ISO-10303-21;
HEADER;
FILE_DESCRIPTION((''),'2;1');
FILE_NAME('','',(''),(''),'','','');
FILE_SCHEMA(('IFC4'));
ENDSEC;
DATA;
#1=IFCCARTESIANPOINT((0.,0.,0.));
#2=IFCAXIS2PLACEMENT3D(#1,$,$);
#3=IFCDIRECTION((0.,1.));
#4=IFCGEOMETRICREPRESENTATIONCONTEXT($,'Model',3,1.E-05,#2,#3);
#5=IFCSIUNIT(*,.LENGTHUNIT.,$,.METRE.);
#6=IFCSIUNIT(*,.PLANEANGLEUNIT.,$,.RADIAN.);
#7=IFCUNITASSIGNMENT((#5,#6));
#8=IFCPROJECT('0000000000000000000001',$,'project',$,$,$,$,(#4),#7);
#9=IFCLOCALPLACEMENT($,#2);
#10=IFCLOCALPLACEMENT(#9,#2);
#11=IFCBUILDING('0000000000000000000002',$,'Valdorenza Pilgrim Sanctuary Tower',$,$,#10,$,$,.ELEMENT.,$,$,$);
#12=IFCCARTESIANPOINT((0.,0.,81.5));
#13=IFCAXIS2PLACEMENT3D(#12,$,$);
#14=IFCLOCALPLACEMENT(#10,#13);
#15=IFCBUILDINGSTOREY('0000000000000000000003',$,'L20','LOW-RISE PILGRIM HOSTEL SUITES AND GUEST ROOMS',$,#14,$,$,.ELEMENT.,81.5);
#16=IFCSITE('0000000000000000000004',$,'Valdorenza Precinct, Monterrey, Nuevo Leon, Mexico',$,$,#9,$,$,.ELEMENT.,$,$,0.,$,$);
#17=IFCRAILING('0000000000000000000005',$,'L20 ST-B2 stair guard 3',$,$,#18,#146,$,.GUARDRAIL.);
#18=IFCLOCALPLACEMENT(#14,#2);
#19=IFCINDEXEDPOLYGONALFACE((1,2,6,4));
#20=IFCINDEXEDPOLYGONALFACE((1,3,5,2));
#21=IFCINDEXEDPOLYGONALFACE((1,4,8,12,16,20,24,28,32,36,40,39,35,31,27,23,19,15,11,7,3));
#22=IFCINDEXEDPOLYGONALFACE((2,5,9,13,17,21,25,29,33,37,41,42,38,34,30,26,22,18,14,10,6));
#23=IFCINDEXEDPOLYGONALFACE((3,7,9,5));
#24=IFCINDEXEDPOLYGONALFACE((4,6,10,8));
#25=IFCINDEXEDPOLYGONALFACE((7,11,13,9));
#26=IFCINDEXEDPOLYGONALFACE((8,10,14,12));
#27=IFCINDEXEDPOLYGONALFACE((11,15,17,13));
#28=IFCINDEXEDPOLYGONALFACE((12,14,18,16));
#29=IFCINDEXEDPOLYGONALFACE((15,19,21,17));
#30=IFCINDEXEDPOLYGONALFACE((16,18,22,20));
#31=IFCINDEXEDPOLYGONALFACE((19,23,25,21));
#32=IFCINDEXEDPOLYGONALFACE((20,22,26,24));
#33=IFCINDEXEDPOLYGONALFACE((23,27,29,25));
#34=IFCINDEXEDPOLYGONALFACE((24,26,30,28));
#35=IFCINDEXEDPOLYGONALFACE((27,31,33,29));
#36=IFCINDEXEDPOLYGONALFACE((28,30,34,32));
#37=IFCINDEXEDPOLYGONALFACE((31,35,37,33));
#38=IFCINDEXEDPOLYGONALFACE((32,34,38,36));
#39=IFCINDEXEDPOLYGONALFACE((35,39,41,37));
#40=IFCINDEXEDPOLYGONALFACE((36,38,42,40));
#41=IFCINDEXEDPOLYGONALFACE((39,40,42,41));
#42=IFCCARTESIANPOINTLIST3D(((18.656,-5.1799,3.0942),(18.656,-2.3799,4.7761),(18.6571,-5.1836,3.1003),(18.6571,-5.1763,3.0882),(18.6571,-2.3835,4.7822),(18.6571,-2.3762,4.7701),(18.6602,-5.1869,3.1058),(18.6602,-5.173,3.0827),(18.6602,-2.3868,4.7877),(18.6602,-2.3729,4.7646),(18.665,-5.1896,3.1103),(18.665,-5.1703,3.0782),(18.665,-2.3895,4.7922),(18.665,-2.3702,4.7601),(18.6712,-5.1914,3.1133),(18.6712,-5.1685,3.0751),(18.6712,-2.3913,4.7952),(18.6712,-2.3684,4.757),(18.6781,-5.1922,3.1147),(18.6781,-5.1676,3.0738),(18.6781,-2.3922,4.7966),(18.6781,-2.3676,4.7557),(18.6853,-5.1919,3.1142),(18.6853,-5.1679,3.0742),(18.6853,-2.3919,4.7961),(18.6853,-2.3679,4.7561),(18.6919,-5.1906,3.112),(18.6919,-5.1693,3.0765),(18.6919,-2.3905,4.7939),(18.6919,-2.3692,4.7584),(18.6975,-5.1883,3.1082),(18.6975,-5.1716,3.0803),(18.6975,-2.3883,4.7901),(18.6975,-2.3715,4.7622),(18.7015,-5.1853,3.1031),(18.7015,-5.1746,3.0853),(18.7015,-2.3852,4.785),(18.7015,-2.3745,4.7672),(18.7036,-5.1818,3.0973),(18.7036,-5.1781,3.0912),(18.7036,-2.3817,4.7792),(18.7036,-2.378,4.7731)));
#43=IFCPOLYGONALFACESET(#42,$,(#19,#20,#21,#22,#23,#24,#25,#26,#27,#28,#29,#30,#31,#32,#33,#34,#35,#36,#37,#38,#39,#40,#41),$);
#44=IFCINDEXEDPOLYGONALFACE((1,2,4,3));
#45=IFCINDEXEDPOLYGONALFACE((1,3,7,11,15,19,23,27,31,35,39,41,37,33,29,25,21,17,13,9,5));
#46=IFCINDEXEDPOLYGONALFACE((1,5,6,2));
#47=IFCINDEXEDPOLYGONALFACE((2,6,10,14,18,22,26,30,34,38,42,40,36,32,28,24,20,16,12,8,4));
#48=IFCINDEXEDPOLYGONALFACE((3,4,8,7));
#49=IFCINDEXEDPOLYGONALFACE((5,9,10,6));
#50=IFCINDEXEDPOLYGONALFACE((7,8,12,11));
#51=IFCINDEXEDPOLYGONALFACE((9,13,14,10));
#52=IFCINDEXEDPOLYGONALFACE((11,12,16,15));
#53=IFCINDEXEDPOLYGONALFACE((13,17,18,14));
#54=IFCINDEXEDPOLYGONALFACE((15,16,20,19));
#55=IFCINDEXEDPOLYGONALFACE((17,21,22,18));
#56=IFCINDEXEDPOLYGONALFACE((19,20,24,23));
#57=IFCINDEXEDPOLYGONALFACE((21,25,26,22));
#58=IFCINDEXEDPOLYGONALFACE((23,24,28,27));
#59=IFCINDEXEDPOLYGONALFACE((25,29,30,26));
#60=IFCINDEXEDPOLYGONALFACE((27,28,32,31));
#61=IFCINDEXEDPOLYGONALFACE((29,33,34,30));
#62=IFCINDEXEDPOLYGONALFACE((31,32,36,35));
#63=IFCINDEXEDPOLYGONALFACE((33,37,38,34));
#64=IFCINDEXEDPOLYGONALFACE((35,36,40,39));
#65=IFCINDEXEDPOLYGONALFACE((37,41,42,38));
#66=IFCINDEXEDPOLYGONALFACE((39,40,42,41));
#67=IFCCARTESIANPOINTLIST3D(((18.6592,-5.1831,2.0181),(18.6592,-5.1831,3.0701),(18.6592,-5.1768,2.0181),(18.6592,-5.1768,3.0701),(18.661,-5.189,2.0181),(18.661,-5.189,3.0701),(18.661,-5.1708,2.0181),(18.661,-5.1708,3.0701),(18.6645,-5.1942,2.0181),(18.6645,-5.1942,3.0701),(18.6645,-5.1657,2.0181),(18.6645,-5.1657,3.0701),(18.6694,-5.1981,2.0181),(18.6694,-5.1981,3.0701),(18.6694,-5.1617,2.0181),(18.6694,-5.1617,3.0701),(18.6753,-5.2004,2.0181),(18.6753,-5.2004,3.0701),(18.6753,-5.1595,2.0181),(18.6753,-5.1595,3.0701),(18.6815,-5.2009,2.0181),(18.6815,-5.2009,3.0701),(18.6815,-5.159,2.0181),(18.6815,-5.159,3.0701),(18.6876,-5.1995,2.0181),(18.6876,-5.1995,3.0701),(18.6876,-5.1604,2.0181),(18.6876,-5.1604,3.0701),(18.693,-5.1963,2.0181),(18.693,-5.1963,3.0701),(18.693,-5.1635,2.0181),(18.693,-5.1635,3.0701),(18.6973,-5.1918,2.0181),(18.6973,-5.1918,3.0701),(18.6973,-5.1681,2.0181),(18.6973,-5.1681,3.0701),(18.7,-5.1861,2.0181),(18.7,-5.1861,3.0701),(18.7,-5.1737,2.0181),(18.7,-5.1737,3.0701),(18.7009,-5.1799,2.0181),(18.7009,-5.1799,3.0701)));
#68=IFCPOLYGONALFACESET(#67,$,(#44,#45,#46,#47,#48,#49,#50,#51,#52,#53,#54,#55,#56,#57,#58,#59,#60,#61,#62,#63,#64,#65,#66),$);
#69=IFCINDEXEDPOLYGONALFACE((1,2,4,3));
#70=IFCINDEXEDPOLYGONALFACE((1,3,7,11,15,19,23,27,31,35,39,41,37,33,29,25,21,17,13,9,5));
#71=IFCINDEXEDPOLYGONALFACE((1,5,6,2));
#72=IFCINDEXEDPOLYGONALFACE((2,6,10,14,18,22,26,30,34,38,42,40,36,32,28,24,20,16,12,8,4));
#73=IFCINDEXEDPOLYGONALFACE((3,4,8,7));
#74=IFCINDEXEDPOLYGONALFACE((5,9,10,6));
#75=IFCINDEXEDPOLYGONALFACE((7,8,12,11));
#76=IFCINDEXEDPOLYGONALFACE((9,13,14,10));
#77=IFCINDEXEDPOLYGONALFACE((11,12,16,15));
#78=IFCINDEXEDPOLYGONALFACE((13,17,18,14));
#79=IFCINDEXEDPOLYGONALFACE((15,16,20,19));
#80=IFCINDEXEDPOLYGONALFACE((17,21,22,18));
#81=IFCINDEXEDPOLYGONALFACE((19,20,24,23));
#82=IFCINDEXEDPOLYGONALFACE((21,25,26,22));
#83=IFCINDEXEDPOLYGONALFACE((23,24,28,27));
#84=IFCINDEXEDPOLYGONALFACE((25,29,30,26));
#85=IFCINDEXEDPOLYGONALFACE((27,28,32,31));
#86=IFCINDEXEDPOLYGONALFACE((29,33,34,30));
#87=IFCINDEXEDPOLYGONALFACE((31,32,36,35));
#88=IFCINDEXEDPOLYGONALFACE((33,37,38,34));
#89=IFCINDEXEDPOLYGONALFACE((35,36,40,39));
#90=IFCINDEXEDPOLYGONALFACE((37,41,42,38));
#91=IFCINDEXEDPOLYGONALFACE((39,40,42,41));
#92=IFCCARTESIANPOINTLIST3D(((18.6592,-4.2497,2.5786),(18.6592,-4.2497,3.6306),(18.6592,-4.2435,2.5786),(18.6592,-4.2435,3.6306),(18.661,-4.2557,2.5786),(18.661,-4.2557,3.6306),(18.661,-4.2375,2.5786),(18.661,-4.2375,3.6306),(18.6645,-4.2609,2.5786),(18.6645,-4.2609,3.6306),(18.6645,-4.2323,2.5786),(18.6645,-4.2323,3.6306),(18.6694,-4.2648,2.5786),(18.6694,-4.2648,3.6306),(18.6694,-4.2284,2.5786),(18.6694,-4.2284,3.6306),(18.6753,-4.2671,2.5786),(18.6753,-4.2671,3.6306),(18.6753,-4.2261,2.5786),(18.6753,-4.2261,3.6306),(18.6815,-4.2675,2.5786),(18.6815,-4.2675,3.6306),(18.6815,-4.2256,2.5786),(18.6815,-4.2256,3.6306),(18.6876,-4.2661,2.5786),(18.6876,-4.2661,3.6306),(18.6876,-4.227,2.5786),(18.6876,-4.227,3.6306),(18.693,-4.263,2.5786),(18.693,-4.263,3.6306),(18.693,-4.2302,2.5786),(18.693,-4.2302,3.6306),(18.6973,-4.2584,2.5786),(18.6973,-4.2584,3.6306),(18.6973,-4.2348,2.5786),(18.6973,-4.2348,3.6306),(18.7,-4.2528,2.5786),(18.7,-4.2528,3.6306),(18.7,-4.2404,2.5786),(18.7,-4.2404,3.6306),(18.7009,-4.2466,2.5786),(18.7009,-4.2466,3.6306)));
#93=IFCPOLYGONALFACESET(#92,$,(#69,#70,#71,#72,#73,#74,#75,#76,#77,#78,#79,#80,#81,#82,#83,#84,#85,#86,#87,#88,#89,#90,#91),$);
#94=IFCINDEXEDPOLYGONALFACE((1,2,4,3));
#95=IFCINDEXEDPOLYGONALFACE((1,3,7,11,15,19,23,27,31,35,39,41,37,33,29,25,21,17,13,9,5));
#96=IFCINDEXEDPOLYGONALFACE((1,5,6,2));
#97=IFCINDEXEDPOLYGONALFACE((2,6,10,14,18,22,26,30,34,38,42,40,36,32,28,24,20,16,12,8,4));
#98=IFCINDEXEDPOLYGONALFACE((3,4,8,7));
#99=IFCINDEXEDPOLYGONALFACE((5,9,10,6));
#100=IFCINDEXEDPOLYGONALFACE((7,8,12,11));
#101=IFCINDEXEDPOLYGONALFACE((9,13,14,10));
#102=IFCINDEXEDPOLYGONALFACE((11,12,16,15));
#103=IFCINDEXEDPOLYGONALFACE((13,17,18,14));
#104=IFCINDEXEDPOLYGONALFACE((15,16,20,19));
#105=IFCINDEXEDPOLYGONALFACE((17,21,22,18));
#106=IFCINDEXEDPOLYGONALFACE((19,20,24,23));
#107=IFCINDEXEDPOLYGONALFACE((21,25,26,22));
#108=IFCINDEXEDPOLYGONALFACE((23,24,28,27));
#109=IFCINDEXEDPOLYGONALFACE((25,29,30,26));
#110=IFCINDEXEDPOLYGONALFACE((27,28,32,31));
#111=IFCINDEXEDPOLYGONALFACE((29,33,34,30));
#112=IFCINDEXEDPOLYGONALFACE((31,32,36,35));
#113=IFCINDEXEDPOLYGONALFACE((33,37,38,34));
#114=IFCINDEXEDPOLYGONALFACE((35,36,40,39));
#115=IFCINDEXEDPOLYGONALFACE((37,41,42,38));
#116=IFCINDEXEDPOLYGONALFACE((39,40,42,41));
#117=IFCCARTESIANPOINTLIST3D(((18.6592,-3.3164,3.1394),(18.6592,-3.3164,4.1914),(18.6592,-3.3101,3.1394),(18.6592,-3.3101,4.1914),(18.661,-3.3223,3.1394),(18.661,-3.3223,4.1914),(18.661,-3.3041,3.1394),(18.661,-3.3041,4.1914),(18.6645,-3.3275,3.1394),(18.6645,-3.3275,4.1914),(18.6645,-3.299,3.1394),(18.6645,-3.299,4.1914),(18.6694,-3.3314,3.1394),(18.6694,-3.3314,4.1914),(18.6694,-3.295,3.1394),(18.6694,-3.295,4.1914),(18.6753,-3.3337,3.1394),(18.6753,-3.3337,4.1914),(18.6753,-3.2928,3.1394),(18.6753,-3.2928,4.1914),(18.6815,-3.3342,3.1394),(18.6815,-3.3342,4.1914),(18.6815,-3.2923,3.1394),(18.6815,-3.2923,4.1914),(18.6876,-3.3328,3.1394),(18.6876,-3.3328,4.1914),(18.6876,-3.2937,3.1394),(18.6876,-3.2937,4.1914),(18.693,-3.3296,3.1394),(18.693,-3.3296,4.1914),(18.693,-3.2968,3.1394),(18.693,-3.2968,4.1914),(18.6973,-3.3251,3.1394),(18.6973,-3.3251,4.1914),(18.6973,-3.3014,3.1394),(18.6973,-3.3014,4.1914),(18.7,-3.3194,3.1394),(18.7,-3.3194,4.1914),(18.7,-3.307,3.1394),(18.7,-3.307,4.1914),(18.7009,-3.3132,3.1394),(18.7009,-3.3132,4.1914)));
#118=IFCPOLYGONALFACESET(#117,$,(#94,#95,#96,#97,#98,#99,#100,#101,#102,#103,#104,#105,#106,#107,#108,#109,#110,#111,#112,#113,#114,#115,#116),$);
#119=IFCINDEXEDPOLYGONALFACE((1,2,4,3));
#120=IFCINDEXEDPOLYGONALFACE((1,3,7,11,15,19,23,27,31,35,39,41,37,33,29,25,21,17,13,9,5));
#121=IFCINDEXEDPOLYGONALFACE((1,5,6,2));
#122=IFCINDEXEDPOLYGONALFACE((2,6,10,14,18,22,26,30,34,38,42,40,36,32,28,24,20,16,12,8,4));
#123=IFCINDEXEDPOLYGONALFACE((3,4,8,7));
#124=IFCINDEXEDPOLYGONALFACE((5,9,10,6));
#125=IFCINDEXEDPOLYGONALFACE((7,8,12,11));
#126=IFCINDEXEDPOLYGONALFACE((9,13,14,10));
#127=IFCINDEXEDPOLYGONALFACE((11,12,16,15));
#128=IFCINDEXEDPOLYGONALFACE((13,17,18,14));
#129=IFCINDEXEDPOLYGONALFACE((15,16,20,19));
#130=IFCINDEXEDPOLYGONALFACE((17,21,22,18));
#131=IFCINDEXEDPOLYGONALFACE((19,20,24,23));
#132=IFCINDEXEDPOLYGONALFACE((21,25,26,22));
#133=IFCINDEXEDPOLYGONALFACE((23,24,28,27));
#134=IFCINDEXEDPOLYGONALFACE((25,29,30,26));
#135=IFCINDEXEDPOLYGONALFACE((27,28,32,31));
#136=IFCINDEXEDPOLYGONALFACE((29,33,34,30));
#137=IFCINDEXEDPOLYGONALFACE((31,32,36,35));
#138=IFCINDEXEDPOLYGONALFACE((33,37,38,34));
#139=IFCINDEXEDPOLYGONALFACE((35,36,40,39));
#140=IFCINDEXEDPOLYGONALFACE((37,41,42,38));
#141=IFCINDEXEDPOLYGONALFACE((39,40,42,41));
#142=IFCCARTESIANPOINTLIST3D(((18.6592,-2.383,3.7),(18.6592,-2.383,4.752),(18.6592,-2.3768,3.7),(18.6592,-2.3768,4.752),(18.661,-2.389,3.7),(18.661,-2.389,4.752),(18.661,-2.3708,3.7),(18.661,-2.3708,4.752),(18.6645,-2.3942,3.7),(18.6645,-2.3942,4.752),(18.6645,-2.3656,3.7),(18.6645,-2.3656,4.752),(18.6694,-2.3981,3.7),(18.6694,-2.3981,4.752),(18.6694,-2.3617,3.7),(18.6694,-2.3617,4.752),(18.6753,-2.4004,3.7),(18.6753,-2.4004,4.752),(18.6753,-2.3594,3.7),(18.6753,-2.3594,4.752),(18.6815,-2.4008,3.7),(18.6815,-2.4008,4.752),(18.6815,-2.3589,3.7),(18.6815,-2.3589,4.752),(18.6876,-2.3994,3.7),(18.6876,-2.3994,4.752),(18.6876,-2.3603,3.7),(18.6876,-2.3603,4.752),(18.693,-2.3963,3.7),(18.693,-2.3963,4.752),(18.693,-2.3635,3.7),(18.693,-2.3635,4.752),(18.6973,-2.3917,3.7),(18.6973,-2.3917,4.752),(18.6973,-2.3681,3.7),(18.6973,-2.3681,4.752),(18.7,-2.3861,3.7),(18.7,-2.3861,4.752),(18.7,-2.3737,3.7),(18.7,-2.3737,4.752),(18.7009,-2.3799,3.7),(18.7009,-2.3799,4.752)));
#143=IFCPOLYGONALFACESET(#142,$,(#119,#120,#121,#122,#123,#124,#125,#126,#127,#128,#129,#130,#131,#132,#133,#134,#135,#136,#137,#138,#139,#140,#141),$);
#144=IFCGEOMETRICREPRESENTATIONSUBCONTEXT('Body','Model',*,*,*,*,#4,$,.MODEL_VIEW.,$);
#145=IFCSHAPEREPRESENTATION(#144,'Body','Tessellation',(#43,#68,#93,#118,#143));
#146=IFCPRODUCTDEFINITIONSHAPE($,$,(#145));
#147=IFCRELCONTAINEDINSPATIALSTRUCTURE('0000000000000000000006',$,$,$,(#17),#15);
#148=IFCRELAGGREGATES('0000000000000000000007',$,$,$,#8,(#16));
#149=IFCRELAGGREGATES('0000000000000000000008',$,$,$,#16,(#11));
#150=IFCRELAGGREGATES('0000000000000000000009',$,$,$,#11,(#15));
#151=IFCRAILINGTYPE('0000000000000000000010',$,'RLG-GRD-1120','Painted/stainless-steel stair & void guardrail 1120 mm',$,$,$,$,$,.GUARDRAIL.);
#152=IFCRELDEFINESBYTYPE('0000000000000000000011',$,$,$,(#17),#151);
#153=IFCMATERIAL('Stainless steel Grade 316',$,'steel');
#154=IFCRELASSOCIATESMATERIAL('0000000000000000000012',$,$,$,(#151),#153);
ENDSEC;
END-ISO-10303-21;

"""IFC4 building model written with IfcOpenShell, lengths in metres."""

from ifc_helpers import new_model, si_unit, direction, frame, origin, origin_2d, place, context, subcontext, project, spatial, circle, extrude, material, type_object, element, save


model = new_model("IFC4")

# Units and contexts
model_context = context("Model", 3, precision=1e-05, world=origin(), true_north=direction((0.0, 1.0)))
body_context = subcontext(model_context, "Body", "Model", "MODEL_VIEW")
ifc_project = project(units=[si_unit("LENGTHUNIT", "METRE"), si_unit("PLANEANGLEUNIT", "RADIAN")], contexts=[model_context])

# Site, building, storey
site_placement = place(None, origin())
site = spatial("IfcSite", under=ifc_project, at=site_placement, Name="Valdorenza Precinct, Monterrey, Nuevo Leon, Mexico", CompositionType="ELEMENT", RefElevation=0.0)
building_placement = place(site_placement, origin())
building = spatial("IfcBuilding", under=site, at=building_placement, Name="Valdorenza Pilgrim Sanctuary Tower", CompositionType="ELEMENT")
storey_placement = place(building_placement, frame((0.0, 0.0, 81.5)))
storey = spatial("IfcBuildingStorey", under=building, at=storey_placement, Name="L20", Description="LOW-RISE PILGRIM HOSTEL SUITES AND GUEST ROOMS", CompositionType="ELEMENT", Elevation=81.5)

# Railing
ifc_material_1 = material(Name="Stainless steel Grade 316", Category="steel")
railing_type_1 = type_object("IfcRailingType", Name="RLG-GRD-1120", Description="Painted/stainless-steel stair & void guardrail 1120 mm", PredefinedType="GUARDRAIL", material=ifc_material_1)
railing_1_placement = place(storey_placement, frame((18.6799, -5.1799, 2.0181)))
element("IfcRailing", 1, at=railing_1_placement, inside=storey, type_object=railing_type_1, Name="L20 ST-B2 stair guard 3", PredefinedType="GUARDRAIL", context=body_context, shape_type="SweptSolid", body=[
    extrude(circle(Radius=0.0239, at=origin_2d()), frame((0.0, 0.0, 1.0762), z_axis=(0.0, 0.857242, 0.514913), x_axis=(-1.0, 0.0, 0.0)), (0.0, 0.0, 1.0), 3.2664),
    extrude(circle(Radius=0.021, at=origin_2d()), origin(), (0.0, 0.0, 1.0), 1.052),
    extrude(circle(Radius=0.021, at=origin_2d()), frame((0.0, 0.9333, 0.5605)), (0.0, 0.0, 1.0), 1.052),
    extrude(circle(Radius=0.021, at=origin_2d()), frame((0.0, 1.8667, 1.1213)), (0.0, 0.0, 1.0), 1.052),
    extrude(circle(Radius=0.021, at=origin_2d()), frame((0.0, 2.8, 1.6819)), (0.0, 0.0, 1.0), 1.052),
])

save(model, "model.ifc")
